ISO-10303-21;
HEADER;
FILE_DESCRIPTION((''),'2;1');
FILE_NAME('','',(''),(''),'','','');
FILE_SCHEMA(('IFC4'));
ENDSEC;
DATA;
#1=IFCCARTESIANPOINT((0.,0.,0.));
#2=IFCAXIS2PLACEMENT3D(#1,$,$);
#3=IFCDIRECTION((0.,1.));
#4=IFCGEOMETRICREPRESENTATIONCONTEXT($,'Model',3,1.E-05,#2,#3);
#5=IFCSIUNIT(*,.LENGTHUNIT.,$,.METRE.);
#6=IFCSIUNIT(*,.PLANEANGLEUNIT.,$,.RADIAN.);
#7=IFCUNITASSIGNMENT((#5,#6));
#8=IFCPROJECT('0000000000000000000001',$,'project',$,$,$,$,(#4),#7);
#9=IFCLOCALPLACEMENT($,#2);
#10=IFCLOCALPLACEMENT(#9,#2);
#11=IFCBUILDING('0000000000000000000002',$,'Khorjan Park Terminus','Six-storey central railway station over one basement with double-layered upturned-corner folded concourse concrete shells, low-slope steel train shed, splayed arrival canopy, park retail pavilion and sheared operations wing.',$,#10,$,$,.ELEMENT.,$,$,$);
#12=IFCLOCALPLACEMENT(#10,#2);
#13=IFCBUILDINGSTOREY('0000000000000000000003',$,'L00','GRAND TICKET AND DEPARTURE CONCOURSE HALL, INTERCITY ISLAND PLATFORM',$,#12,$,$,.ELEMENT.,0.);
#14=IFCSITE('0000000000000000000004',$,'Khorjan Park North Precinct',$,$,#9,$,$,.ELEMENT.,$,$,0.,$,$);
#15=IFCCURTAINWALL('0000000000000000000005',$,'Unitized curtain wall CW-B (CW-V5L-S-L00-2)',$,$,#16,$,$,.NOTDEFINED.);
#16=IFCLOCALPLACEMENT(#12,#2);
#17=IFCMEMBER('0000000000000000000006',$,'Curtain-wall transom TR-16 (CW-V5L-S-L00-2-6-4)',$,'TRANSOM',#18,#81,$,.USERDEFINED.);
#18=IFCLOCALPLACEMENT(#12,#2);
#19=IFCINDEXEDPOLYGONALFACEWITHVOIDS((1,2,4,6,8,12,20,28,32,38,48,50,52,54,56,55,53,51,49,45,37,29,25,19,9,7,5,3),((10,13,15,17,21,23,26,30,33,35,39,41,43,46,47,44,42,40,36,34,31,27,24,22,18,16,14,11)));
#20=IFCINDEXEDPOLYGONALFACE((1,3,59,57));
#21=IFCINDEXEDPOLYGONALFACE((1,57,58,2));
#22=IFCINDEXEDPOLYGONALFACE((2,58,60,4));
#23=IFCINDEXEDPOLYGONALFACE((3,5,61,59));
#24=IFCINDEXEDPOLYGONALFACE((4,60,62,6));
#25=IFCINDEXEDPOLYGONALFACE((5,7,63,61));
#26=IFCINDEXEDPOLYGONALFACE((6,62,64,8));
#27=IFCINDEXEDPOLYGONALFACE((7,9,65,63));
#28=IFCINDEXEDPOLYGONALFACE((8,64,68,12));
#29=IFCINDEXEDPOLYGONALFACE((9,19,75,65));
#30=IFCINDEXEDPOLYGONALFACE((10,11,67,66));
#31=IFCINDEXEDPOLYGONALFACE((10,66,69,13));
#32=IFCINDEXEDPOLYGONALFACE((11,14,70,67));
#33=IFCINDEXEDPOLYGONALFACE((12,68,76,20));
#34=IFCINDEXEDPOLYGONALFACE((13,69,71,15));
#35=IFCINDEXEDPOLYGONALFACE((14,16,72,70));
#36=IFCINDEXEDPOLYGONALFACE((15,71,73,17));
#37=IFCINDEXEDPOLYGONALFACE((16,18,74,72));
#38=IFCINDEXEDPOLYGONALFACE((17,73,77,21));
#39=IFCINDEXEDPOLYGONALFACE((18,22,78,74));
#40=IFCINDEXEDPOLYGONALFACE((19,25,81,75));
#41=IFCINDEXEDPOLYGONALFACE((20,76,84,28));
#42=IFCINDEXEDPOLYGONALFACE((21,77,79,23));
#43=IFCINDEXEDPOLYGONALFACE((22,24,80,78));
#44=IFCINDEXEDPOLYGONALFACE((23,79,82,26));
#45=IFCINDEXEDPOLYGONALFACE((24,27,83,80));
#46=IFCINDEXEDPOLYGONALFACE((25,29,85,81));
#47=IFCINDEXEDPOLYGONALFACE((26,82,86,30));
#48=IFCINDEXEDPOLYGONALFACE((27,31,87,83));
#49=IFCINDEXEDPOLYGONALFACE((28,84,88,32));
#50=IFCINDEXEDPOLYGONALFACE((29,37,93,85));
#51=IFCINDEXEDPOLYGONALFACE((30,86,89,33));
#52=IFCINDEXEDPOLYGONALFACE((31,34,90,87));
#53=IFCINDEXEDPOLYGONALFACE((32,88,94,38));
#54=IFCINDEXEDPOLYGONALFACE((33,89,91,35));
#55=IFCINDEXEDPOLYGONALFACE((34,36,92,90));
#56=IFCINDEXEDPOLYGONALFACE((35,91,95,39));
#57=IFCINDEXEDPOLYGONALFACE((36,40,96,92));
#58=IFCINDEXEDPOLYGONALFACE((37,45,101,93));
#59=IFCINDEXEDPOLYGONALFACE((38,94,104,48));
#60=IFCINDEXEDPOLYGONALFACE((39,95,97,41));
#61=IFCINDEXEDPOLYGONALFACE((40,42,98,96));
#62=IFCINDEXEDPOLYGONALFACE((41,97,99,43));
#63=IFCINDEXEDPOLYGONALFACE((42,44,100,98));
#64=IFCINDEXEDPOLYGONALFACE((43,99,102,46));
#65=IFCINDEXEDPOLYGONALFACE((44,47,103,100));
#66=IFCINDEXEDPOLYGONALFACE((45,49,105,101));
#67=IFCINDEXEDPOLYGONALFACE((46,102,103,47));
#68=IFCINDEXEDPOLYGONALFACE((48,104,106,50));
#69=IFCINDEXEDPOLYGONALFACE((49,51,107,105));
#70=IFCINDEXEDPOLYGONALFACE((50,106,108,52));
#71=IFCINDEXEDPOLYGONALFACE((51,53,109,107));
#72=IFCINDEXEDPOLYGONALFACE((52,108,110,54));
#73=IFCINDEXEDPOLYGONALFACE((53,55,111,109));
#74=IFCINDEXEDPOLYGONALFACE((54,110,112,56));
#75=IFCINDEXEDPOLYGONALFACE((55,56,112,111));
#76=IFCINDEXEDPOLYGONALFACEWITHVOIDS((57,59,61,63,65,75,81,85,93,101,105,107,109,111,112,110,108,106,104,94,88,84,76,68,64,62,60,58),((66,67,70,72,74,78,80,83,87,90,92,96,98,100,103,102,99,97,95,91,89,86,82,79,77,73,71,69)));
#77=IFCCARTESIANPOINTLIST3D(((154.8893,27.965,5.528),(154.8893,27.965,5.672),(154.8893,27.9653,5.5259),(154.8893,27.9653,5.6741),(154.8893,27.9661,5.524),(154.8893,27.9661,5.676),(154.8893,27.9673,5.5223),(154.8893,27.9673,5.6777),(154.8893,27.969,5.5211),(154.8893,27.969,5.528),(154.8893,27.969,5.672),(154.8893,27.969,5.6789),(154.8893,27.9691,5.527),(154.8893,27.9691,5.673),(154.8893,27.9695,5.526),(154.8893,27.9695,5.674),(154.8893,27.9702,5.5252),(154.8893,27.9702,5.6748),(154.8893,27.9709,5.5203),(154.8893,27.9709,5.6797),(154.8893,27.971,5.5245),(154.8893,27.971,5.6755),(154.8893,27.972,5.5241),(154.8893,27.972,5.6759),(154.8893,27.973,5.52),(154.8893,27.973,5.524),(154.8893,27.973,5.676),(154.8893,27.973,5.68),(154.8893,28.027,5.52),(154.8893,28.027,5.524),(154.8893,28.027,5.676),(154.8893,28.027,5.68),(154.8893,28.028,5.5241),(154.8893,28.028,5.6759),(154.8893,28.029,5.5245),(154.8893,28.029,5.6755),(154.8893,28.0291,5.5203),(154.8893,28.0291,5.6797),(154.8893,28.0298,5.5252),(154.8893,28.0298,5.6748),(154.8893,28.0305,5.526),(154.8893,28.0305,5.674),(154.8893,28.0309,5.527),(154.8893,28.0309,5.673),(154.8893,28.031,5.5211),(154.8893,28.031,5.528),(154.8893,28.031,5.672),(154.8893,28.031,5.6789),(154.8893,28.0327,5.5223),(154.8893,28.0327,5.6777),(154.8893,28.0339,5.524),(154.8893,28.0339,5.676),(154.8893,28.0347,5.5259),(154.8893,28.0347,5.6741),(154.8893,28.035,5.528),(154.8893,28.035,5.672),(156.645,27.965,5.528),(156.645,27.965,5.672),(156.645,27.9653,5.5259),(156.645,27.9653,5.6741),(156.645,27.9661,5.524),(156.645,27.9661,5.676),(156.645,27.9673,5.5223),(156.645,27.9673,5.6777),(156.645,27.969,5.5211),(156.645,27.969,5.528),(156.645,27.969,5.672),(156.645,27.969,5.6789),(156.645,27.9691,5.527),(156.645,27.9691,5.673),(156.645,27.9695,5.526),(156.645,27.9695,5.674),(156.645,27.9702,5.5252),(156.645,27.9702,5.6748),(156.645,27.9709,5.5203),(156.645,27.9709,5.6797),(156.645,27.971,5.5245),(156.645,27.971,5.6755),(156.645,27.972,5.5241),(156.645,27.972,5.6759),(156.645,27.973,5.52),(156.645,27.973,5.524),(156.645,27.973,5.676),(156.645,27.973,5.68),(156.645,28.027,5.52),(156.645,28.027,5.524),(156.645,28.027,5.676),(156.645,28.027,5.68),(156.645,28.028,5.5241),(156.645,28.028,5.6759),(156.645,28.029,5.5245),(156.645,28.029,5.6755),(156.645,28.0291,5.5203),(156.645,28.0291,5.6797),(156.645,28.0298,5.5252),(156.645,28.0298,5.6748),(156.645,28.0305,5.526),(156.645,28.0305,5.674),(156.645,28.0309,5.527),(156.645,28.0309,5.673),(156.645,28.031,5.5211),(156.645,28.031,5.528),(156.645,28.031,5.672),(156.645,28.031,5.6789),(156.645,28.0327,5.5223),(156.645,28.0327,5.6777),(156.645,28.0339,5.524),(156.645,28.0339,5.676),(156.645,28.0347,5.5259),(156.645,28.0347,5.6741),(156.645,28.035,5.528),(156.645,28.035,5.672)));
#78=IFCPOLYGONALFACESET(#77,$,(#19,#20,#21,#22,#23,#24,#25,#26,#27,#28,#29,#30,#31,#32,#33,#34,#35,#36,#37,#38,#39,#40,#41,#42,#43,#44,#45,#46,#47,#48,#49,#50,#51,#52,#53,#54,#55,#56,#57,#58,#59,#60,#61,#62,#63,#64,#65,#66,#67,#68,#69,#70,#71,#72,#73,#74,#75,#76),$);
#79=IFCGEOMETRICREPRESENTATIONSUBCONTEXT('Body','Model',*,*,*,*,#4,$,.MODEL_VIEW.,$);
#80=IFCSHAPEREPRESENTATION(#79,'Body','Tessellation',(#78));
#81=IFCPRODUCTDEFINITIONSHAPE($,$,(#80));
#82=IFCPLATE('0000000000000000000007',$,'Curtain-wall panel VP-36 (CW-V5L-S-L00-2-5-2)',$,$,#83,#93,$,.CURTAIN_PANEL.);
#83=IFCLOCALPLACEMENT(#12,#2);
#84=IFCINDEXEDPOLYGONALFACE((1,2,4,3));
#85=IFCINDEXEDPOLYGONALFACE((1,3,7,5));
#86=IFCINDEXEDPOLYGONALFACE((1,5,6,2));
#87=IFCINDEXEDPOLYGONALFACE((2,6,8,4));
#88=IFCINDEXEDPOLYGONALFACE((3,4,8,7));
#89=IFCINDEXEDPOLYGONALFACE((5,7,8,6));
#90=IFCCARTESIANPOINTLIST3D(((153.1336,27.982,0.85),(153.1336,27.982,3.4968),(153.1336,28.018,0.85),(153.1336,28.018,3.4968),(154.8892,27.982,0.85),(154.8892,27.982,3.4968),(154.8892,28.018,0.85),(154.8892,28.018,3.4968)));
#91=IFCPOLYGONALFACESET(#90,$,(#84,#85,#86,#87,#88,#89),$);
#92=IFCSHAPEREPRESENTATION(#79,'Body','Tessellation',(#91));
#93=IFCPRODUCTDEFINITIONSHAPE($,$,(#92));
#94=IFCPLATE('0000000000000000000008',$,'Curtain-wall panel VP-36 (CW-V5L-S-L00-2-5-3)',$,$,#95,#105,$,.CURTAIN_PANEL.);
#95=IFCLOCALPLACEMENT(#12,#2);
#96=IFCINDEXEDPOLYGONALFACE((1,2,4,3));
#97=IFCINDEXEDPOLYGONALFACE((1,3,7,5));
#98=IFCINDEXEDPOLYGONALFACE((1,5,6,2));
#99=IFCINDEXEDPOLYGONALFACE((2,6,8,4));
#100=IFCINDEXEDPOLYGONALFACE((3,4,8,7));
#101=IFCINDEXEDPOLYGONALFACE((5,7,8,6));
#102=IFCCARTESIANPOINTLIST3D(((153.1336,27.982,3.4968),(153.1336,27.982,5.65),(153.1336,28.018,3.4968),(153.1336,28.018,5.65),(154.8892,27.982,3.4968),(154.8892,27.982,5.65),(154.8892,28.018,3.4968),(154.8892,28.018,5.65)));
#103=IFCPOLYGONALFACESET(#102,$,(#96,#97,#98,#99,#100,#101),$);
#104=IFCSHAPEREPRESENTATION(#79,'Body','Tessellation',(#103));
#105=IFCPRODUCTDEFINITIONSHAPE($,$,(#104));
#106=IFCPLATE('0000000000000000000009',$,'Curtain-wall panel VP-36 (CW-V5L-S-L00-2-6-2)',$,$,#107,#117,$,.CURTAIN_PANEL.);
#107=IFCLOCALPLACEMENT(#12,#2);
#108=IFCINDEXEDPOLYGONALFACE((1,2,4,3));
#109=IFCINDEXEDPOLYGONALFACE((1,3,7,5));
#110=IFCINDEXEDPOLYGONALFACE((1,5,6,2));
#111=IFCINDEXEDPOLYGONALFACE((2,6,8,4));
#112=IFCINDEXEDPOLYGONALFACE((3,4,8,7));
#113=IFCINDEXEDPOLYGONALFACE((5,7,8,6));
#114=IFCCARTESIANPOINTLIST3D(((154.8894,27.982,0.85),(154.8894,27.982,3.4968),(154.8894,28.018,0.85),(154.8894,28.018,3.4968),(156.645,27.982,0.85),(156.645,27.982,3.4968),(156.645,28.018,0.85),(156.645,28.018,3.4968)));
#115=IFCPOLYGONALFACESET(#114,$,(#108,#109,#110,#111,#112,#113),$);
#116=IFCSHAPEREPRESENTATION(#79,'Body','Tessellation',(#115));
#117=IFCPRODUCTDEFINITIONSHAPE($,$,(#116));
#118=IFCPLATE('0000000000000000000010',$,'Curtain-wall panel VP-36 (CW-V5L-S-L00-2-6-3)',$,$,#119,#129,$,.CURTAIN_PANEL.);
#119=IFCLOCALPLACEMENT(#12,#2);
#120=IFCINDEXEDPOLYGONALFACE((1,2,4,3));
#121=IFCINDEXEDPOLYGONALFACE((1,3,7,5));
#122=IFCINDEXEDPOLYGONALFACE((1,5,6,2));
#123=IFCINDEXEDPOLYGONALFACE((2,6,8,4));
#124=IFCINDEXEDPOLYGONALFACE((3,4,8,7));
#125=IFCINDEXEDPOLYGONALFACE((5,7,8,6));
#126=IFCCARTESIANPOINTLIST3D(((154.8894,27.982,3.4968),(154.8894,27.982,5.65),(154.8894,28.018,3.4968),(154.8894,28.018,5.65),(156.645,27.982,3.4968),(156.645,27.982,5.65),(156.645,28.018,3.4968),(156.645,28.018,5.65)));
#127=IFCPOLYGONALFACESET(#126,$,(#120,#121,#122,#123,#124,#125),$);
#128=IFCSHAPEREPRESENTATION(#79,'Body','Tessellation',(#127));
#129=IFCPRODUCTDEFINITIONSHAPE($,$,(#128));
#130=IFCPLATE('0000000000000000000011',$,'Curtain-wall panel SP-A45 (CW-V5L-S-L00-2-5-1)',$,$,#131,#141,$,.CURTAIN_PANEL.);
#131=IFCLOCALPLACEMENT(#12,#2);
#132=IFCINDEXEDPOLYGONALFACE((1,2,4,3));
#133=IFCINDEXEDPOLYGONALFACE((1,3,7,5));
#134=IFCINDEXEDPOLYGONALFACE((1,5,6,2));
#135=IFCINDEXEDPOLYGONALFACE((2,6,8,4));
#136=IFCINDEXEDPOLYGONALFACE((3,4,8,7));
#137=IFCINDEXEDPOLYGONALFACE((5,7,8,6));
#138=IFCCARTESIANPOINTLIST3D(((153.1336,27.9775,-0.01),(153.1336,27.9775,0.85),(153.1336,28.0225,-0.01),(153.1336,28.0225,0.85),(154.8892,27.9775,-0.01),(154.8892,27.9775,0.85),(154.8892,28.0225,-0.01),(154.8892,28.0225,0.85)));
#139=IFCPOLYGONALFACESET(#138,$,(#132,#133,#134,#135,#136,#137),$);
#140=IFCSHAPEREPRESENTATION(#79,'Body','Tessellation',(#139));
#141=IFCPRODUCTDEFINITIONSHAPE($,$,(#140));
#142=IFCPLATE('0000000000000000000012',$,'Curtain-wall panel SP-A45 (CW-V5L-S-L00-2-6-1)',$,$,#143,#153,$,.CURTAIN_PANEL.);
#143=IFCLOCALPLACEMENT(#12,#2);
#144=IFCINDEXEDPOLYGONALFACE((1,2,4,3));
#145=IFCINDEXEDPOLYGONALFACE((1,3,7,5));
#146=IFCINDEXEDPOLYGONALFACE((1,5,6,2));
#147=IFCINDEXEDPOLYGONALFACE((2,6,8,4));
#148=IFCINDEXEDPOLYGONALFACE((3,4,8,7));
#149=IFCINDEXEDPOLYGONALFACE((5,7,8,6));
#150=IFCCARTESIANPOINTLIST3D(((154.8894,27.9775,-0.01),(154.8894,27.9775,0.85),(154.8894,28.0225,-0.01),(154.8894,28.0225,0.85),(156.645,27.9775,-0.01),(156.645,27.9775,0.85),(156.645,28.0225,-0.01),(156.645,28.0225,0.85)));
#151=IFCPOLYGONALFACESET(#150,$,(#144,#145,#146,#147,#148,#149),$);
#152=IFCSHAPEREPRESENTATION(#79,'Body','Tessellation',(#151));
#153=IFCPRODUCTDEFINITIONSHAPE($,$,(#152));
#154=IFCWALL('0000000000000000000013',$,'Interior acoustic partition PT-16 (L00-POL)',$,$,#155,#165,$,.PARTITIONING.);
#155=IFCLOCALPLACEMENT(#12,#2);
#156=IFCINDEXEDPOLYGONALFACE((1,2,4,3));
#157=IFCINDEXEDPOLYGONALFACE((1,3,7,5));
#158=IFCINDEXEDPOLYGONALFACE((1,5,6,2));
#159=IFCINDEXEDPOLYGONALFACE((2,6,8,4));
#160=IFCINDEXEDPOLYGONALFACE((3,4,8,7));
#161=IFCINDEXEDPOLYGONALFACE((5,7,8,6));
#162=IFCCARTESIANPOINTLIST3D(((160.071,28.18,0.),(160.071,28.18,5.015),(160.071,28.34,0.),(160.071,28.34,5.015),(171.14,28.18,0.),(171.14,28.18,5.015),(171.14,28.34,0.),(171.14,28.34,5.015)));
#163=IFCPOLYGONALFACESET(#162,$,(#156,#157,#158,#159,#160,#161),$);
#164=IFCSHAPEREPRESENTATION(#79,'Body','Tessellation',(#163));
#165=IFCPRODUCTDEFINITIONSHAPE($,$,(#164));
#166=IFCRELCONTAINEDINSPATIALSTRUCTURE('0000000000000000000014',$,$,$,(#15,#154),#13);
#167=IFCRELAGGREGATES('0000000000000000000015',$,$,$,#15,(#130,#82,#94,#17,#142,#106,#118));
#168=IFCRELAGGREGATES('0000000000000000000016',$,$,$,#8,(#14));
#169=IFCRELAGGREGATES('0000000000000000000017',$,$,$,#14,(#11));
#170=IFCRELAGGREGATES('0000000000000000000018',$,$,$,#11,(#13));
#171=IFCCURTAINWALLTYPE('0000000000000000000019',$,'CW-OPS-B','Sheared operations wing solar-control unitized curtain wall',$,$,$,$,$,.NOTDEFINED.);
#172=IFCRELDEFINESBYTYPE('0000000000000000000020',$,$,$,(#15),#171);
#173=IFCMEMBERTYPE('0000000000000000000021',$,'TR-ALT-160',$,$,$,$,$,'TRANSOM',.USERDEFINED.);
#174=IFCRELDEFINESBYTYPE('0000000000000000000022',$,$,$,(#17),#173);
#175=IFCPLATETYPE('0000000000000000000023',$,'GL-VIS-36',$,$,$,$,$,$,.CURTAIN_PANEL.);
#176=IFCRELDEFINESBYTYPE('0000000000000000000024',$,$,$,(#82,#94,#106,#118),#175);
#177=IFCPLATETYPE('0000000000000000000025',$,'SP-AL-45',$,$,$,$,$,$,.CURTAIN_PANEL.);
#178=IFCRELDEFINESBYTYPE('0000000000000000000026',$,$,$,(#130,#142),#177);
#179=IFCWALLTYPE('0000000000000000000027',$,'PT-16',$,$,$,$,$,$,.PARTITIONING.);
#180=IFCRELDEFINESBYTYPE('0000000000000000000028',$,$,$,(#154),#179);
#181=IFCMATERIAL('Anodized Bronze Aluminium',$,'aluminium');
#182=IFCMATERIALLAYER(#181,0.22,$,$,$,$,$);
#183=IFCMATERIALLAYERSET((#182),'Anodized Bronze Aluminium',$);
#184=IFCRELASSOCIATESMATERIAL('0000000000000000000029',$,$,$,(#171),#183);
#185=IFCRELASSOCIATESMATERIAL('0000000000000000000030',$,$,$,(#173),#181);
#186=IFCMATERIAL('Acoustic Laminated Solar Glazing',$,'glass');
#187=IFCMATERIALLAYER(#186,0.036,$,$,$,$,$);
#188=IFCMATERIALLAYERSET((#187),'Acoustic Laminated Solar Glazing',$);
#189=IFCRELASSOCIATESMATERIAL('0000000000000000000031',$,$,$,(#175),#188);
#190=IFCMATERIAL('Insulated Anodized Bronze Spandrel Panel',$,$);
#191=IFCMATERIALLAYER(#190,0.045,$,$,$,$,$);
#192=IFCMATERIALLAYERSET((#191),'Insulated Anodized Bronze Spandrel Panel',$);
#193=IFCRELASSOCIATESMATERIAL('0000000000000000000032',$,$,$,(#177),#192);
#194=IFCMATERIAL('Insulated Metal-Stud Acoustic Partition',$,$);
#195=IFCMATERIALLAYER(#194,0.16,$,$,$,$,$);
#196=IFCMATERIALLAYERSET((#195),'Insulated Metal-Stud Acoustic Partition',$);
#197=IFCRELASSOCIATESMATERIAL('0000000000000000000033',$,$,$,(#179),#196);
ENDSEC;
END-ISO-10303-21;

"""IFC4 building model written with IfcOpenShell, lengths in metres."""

from ifc_helpers import new_model, si_unit, direction, frame, frame_2d, origin, origin_2d, place, context, subcontext, project, spatial, rectangle, hollow_rectangle, extrude, material, layer, layer_set, material_profile, profile_set, type_object, element, aggregate, save


model = new_model("IFC4")

# Units and contexts
model_context = context("Model", 3, precision=1e-05, world=origin(), true_north=direction((0.0, 1.0)))
body_context = subcontext(model_context, "Body", "Model", "MODEL_VIEW")
ifc_project = project(units=[si_unit("LENGTHUNIT", "METRE"), si_unit("PLANEANGLEUNIT", "RADIAN")], contexts=[model_context])

# Site, building, storey
site_placement = place(None, origin())
site = spatial("IfcSite", under=ifc_project, at=site_placement, Name="Khorjan Park North Precinct", CompositionType="ELEMENT", RefElevation=0.0)
building_placement = place(site_placement, origin())
building = spatial("IfcBuilding", under=site, at=building_placement, Name="Khorjan Park Terminus", Description="Six-storey central railway station over one basement with double-layered upturned-corner folded concourse concrete shells, low-slope steel train shed, splayed arrival canopy, park retail pavilion and sheared operations wing.", CompositionType="ELEMENT")
storey_placement = place(building_placement, origin())
storey = spatial("IfcBuildingStorey", under=building, at=storey_placement, Name="L00", Description="GRAND TICKET AND DEPARTURE CONCOURSE HALL, INTERCITY ISLAND PLATFORM", CompositionType="ELEMENT", Elevation=0.0)

# Curtain wall, member, plates
ifc_material_1 = material(Name="Anodized Bronze Aluminium", Category="aluminium")
ifc_layer_1 = layer(ifc_material_1, 0.22)
ifc_layer_set_1 = layer_set([ifc_layer_1], Name="Anodized Bronze Aluminium")
curtain_wall_type = type_object("IfcCurtainWallType", Name="CW-OPS-B", Description="Sheared operations wing solar-control unitized curtain wall", PredefinedType="NOTDEFINED", material=ifc_layer_set_1)
curtain_wall_placement = place(storey_placement, origin())
curtain_wall = element("IfcCurtainWall", 1, at=curtain_wall_placement, inside=storey, type_object=curtain_wall_type, Name="Unitized curtain wall CW-B (CW-V5L-S-L00-2)", PredefinedType="NOTDEFINED")
ifc_material_profile_1 = material_profile(ifc_material_1, hollow_rectangle(XDim=0.07, YDim=0.16, WallThickness=0.004, InnerFilletRadius=0.004, OuterFilletRadius=0.008, at=origin_2d()), Name="ALT 70x160x4")
ifc_profile_set_1 = profile_set([ifc_material_profile_1], Name="Anodized Bronze Aluminium")
member_type_1 = type_object("IfcMemberType", Name="TR-ALT-160", ElementType="TRANSOM", PredefinedType="USERDEFINED", material=ifc_profile_set_1)
member_1_placement = place(storey_placement, frame((154.8893, 28.0, 5.6), z_axis=(1.0, 0.0, 0.0), x_axis=(0.0, 1.0, 0.0)))
member_1 = element("IfcMember", 2, at=member_1_placement, type_object=member_type_1, Name="Curtain-wall transom TR-16 (CW-V5L-S-L00-2-6-4)", ObjectType="TRANSOM", PredefinedType="USERDEFINED", context=body_context, shape_type="SweptSolid", body=[
    extrude(hollow_rectangle(XDim=0.07, YDim=0.16, WallThickness=0.004, InnerFilletRadius=0.004, OuterFilletRadius=0.008, at=origin_2d()), origin(), (0.0, 0.0, 1.0), 1.7557),
])
ifc_material_2 = material(Name="Acoustic Laminated Solar Glazing", Category="glass")
ifc_layer_2 = layer(ifc_material_2, 0.036)
ifc_layer_set_2 = layer_set([ifc_layer_2], Name="Acoustic Laminated Solar Glazing")
plate_type_1 = type_object("IfcPlateType", Name="GL-VIS-36", PredefinedType="CURTAIN_PANEL", material=ifc_layer_set_2)
plate_1_placement = place(storey_placement, frame((154.0114, 28.0, 0.85), z_axis=(0.0, 0.0, 1.0), x_axis=(1.0, 0.0, 0.0)))
plate_1 = element("IfcPlate", 3, at=plate_1_placement, type_object=plate_type_1, Name="Curtain-wall panel VP-36 (CW-V5L-S-L00-2-5-2)", PredefinedType="CURTAIN_PANEL", context=body_context, shape_type="SweptSolid", body=[
    extrude(rectangle(XDim=1.7557, YDim=0.036, at=origin_2d()), origin(), (0.0, 0.0, 1.0), 2.6468),
])
plate_2_placement = place(storey_placement, frame((154.0114, 28.0, 3.4968), z_axis=(0.0, 0.0, 1.0), x_axis=(1.0, 0.0, 0.0)))
plate_2 = element("IfcPlate", 4, at=plate_2_placement, type_object=plate_type_1, Name="Curtain-wall panel VP-36 (CW-V5L-S-L00-2-5-3)", PredefinedType="CURTAIN_PANEL", context=body_context, shape_type="SweptSolid", body=[
    extrude(rectangle(XDim=1.7557, YDim=0.036, at=origin_2d()), origin(), (0.0, 0.0, 1.0), 2.1532),
])
plate_3_placement = place(storey_placement, frame((155.7672, 28.0, 0.85), z_axis=(0.0, 0.0, 1.0), x_axis=(1.0, 0.0, 0.0)))
plate_3 = element("IfcPlate", 5, at=plate_3_placement, type_object=plate_type_1, Name="Curtain-wall panel VP-36 (CW-V5L-S-L00-2-6-2)", PredefinedType="CURTAIN_PANEL", context=body_context, shape_type="SweptSolid", body=[
    extrude(rectangle(XDim=1.7557, YDim=0.036, at=origin_2d()), origin(), (0.0, 0.0, 1.0), 2.6468),
])
plate_4_placement = place(storey_placement, frame((155.7672, 28.0, 3.4968), z_axis=(0.0, 0.0, 1.0), x_axis=(1.0, 0.0, 0.0)))
plate_4 = element("IfcPlate", 6, at=plate_4_placement, type_object=plate_type_1, Name="Curtain-wall panel VP-36 (CW-V5L-S-L00-2-6-3)", PredefinedType="CURTAIN_PANEL", context=body_context, shape_type="SweptSolid", body=[
    extrude(rectangle(XDim=1.7557, YDim=0.036, at=origin_2d()), origin(), (0.0, 0.0, 1.0), 2.1532),
])
ifc_material_3 = material(Name="Insulated Anodized Bronze Spandrel Panel")
ifc_layer_3 = layer(ifc_material_3, 0.045)
ifc_layer_set_3 = layer_set([ifc_layer_3], Name="Insulated Anodized Bronze Spandrel Panel")
plate_type_2 = type_object("IfcPlateType", Name="SP-AL-45", PredefinedType="CURTAIN_PANEL", material=ifc_layer_set_3)
plate_5_placement = place(storey_placement, frame((154.0114, 28.0, -0.01), z_axis=(0.0, 0.0, 1.0), x_axis=(1.0, 0.0, 0.0)))
plate_5 = element("IfcPlate", 7, at=plate_5_placement, type_object=plate_type_2, Name="Curtain-wall panel SP-A45 (CW-V5L-S-L00-2-5-1)", PredefinedType="CURTAIN_PANEL", context=body_context, shape_type="SweptSolid", body=[
    extrude(rectangle(XDim=1.7557, YDim=0.045, at=origin_2d()), origin(), (0.0, 0.0, 1.0), 0.86),
])
plate_6_placement = place(storey_placement, frame((155.7672, 28.0, -0.01), z_axis=(0.0, 0.0, 1.0), x_axis=(1.0, 0.0, 0.0)))
plate_6 = element("IfcPlate", 8, at=plate_6_placement, type_object=plate_type_2, Name="Curtain-wall panel SP-A45 (CW-V5L-S-L00-2-6-1)", PredefinedType="CURTAIN_PANEL", context=body_context, shape_type="SweptSolid", body=[
    extrude(rectangle(XDim=1.7557, YDim=0.045, at=origin_2d()), origin(), (0.0, 0.0, 1.0), 0.86),
])
aggregate(curtain_wall, [plate_5, plate_1, plate_2, member_1, plate_6, plate_3, plate_4])

# Wall
ifc_material_4 = material(Name="Insulated Metal-Stud Acoustic Partition")
ifc_layer_4 = layer(ifc_material_4, 0.16)
ifc_layer_set_4 = layer_set([ifc_layer_4], Name="Insulated Metal-Stud Acoustic Partition")
wall_type = type_object("IfcWallType", Name="PT-16", PredefinedType="PARTITIONING", material=ifc_layer_set_4)
wall_placement = place(storey_placement, frame((160.071, 28.26, 0.0), z_axis=(0.0, 0.0, 1.0), x_axis=(1.0, 0.0, 0.0)))
element("IfcWall", 9, at=wall_placement, inside=storey, type_object=wall_type, Name="Interior acoustic partition PT-16 (L00-POL)", PredefinedType="PARTITIONING", context=body_context, shape_type="SweptSolid", body=[
    extrude(rectangle(XDim=11.069, YDim=0.16, at=frame_2d((5.5345, 0.0))), origin(), (0.0, 0.0, 1.0), 5.015),
])

save(model, "model.ifc")
